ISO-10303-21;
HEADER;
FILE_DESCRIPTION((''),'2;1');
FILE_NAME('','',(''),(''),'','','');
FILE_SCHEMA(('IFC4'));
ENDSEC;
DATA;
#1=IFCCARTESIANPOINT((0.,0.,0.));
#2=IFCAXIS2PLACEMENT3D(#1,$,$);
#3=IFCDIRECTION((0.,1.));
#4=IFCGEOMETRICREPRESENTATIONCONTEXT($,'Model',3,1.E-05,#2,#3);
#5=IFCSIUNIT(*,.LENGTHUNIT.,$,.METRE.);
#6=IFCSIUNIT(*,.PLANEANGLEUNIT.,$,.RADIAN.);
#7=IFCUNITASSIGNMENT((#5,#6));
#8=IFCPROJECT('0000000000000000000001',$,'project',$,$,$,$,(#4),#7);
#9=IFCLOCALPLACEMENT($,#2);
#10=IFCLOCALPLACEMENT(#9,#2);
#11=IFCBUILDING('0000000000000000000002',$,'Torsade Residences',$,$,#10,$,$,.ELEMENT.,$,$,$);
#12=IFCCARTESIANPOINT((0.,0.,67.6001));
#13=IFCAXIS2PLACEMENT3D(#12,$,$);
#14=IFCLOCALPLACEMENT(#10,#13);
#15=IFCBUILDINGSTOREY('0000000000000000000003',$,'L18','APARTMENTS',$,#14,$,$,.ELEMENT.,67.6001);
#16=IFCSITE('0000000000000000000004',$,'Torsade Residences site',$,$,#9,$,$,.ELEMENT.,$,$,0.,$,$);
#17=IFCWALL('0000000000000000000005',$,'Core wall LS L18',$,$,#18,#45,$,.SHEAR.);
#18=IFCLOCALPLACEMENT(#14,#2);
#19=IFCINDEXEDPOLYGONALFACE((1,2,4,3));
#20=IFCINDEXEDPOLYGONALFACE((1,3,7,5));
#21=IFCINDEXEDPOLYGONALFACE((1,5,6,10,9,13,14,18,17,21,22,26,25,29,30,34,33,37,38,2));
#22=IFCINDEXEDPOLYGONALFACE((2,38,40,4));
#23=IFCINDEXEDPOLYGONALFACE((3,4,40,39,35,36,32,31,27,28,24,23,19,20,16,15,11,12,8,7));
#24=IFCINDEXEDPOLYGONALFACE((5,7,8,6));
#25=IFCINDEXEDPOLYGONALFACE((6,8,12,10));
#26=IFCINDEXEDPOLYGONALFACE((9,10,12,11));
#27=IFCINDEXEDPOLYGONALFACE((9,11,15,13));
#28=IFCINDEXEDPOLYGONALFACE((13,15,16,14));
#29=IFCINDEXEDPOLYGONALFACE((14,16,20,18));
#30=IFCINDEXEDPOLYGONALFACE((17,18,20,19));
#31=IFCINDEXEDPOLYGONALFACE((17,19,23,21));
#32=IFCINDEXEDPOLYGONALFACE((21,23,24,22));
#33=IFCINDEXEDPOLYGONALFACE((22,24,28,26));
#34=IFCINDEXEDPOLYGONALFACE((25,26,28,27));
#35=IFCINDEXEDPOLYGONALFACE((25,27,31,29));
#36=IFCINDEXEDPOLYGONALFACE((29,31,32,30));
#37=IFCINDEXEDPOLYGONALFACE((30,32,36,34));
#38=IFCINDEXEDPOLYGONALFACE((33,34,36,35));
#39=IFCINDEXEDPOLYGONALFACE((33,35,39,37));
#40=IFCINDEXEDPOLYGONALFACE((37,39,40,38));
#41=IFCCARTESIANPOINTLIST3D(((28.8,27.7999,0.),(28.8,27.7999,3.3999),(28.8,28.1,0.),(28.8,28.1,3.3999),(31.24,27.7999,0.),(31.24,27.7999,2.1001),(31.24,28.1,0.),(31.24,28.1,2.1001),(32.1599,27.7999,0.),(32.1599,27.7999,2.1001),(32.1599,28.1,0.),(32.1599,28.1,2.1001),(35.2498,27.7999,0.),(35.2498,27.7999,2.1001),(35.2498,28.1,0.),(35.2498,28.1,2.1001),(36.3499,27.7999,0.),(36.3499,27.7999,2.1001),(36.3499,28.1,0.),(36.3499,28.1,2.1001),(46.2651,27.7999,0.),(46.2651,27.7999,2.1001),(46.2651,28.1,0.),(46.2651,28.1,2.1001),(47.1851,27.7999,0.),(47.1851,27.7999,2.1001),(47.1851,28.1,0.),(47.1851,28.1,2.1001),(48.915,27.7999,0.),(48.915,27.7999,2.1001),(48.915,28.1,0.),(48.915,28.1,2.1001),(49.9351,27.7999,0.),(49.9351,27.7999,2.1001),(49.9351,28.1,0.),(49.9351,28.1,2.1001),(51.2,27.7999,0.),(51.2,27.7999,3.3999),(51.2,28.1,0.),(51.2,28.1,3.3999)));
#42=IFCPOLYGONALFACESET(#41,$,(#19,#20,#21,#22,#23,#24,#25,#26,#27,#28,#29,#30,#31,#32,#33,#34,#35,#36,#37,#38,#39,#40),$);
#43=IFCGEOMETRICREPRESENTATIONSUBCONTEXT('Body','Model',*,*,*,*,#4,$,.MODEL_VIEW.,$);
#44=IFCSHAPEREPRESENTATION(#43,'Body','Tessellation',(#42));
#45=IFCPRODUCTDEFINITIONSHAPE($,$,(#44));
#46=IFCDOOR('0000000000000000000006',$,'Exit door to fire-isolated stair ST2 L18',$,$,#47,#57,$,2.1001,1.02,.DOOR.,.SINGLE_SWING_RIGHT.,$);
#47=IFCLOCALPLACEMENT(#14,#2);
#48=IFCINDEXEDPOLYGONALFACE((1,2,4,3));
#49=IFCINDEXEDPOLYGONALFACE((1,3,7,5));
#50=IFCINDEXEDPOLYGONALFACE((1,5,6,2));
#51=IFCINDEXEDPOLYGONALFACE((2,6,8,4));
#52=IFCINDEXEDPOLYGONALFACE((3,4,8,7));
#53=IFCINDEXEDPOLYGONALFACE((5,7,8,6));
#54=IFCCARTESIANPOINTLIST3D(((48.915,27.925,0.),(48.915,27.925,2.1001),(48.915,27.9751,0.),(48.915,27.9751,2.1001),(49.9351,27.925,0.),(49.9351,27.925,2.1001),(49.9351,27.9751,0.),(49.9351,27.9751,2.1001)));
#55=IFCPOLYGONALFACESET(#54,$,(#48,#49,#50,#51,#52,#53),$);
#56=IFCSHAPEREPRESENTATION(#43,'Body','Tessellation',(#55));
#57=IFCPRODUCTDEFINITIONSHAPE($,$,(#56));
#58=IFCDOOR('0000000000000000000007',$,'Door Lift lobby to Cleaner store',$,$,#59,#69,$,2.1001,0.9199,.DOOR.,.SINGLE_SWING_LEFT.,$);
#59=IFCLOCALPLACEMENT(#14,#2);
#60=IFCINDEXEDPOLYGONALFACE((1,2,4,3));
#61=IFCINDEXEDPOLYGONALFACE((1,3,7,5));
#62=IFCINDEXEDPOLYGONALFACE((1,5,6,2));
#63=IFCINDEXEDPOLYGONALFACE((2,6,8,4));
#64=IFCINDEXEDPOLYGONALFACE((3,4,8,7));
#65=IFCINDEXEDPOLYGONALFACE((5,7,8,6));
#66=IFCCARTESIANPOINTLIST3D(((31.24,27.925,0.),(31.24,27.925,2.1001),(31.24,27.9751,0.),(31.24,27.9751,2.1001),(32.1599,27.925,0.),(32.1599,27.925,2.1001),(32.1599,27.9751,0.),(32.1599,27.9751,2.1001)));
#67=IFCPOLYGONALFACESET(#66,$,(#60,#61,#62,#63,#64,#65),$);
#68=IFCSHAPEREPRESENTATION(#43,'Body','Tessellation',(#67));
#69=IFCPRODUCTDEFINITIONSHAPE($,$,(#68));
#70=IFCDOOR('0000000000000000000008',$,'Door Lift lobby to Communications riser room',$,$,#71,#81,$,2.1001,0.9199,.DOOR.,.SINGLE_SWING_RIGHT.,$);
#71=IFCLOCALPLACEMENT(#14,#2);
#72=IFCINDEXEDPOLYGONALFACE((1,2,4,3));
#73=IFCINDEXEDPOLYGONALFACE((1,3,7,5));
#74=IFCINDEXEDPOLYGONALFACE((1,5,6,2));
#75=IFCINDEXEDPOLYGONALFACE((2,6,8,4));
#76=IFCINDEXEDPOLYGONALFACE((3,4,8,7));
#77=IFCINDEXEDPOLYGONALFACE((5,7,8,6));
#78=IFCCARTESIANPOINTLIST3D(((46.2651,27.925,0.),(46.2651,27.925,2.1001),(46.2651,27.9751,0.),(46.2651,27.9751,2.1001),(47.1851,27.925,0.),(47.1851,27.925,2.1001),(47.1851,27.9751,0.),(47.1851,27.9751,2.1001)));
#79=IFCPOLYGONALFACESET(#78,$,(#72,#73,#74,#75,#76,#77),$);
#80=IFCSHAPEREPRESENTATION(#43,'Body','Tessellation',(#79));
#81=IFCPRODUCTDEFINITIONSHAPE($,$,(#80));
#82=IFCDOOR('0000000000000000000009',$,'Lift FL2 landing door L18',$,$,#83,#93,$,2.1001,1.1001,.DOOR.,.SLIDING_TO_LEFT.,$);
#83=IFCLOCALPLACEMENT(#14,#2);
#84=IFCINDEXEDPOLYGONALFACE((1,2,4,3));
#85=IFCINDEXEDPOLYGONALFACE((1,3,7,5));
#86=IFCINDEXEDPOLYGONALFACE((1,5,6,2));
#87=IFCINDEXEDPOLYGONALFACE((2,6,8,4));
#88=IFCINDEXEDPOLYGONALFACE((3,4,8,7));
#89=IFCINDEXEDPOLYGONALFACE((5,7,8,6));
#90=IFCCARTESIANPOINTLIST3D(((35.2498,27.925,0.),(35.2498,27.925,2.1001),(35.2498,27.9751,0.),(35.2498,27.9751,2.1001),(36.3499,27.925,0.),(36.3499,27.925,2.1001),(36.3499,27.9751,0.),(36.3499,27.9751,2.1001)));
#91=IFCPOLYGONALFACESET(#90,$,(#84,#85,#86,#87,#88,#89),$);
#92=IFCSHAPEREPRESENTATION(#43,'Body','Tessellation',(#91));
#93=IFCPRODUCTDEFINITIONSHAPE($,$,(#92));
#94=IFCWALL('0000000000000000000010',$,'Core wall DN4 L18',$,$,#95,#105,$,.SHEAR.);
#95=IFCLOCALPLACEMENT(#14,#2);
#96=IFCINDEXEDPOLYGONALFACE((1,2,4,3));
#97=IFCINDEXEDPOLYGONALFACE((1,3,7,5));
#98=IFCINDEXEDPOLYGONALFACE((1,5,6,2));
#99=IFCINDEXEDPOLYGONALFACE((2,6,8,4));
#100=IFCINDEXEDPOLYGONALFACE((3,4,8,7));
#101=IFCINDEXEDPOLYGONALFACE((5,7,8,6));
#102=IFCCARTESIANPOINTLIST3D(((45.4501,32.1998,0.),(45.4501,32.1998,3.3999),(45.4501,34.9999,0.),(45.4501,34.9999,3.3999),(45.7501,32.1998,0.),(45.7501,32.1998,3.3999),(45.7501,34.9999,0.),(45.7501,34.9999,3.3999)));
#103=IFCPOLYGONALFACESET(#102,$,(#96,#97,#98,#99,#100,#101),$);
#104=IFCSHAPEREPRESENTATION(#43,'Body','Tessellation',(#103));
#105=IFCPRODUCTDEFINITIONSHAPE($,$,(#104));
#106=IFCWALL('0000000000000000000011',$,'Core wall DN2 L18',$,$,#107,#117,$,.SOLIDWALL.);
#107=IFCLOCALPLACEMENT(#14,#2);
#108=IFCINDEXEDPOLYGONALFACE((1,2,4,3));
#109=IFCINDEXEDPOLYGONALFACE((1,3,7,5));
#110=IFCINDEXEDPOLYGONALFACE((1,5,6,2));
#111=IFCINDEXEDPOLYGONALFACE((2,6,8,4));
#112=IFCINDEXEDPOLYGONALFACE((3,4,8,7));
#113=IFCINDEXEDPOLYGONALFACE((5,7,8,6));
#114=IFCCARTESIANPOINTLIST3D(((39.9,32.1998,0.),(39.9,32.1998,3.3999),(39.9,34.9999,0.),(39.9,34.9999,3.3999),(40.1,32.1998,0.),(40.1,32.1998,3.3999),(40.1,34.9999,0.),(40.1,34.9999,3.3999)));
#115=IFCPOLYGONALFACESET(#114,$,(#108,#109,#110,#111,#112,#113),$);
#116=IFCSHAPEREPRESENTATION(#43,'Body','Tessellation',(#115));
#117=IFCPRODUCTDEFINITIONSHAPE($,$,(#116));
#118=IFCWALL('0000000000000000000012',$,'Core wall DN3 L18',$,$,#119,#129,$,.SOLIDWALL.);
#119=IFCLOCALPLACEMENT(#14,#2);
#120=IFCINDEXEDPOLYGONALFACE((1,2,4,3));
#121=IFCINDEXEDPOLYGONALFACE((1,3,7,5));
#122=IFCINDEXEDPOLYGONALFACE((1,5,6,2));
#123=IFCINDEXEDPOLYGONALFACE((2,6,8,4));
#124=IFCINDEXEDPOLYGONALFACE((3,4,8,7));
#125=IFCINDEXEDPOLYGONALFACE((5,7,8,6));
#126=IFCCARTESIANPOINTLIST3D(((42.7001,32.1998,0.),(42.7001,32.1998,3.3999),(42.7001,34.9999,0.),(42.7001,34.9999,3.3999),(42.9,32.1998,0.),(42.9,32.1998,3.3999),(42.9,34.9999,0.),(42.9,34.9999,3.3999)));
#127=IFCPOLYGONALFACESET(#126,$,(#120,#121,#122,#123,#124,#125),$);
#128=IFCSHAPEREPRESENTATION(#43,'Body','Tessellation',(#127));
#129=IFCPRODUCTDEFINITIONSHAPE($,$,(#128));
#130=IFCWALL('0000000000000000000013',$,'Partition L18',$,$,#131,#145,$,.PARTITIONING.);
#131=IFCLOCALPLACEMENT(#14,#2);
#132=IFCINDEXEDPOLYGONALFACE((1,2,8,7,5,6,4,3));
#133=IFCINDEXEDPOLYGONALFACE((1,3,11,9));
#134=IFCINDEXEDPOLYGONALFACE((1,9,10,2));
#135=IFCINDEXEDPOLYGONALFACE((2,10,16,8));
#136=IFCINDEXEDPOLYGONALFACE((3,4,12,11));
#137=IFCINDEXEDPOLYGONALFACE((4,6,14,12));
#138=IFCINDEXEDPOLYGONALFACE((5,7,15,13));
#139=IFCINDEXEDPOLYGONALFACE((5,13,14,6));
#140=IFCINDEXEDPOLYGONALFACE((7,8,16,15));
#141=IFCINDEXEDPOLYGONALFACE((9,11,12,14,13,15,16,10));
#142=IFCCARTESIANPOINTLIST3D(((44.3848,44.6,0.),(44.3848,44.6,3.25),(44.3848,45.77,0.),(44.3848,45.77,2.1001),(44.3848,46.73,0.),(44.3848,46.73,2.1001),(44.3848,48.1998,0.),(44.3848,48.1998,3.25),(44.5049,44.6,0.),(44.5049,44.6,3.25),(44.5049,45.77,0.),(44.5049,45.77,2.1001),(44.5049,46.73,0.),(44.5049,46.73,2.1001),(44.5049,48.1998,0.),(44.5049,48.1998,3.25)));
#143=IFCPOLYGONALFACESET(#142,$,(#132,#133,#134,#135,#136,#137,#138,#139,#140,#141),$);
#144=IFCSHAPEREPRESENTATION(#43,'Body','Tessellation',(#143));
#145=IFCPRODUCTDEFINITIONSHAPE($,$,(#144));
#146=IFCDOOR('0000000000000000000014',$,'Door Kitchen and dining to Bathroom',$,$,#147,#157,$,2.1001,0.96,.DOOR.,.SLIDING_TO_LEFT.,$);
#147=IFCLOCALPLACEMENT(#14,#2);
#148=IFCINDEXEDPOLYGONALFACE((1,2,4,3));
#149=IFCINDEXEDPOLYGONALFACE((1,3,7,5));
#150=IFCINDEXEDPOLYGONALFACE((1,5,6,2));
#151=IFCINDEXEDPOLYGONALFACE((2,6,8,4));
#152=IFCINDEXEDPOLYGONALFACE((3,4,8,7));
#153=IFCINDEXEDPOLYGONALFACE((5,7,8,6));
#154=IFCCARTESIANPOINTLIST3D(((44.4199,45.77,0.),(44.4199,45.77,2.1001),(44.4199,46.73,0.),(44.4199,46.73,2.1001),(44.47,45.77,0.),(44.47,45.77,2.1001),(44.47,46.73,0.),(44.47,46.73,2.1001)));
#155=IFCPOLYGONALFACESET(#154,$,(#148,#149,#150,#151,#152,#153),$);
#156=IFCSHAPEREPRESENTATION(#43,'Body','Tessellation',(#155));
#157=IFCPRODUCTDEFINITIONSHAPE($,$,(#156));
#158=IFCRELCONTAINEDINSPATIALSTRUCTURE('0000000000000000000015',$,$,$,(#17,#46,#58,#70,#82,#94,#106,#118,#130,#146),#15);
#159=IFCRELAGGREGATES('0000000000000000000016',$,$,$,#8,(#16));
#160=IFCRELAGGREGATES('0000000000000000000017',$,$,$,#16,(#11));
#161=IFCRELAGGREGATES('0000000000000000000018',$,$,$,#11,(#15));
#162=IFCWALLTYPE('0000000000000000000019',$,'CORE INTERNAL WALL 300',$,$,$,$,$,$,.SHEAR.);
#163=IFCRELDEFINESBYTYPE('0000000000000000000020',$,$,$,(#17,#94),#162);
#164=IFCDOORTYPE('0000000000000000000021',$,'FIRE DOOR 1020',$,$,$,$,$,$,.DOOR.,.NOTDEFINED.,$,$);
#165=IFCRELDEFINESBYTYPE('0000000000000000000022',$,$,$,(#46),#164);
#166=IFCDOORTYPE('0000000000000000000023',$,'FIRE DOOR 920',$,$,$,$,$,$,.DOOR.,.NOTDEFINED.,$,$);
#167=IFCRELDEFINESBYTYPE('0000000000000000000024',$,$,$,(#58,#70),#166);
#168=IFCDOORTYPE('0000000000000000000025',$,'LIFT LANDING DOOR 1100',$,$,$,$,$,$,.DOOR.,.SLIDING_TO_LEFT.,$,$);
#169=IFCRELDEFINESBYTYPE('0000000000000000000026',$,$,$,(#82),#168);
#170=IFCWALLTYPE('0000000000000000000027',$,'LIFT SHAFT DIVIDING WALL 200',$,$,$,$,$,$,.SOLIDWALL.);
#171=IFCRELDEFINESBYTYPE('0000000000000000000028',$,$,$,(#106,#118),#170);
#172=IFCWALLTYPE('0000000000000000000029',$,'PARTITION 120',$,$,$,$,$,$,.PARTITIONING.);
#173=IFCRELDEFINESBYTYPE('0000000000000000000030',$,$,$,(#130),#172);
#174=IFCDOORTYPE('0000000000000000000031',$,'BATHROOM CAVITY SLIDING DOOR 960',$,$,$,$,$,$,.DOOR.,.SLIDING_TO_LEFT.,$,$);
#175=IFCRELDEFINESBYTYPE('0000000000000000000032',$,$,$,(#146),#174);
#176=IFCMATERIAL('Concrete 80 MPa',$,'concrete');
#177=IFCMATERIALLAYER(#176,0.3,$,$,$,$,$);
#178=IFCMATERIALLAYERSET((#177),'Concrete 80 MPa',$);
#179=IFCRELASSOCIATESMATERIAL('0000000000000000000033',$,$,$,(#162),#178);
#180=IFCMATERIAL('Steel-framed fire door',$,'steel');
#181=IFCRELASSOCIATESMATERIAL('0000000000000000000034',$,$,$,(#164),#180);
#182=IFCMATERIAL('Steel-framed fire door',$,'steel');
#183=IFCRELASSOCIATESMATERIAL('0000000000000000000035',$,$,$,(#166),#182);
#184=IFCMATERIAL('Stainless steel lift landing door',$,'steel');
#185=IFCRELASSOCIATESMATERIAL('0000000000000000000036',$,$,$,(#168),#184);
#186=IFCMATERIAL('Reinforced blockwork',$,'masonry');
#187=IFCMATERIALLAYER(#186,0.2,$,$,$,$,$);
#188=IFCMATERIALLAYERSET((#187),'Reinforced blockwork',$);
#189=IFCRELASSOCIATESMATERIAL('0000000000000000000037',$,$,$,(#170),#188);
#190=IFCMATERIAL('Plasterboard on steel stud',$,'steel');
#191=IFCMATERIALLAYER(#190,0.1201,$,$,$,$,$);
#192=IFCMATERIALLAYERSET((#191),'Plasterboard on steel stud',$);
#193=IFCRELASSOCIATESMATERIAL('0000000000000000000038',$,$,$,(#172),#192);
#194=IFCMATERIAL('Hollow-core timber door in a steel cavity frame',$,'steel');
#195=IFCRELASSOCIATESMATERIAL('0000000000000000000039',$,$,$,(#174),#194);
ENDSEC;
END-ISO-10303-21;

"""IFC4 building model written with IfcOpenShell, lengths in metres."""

from ifc_helpers import new_model, si_unit, direction, frame, frame_2d, origin, place, context, subcontext, project, spatial, rectangle, extrude, material, layer, layer_set, type_object, element, fill, save


model = new_model("IFC4")

# Units and contexts
model_context = context("Model", 3, precision=1e-05, world=origin(), true_north=direction((0.0, 1.0)))
body_context = subcontext(model_context, "Body", "Model", "MODEL_VIEW")
ifc_project = project(units=[si_unit("LENGTHUNIT", "METRE"), si_unit("PLANEANGLEUNIT", "RADIAN")], contexts=[model_context])

# Site, building, storey
site_placement = place(None, origin())
site = spatial("IfcSite", under=ifc_project, at=site_placement, Name="Torsade Residences site", CompositionType="ELEMENT", RefElevation=0.0)
building_placement = place(site_placement, origin())
building = spatial("IfcBuilding", under=site, at=building_placement, Name="Torsade Residences", CompositionType="ELEMENT")
storey_placement = place(building_placement, frame((0.0, 0.0, 67.6001)))
storey = spatial("IfcBuildingStorey", under=building, at=storey_placement, Name="L18", Description="APARTMENTS", CompositionType="ELEMENT", Elevation=67.6001)

# Wall, openings, doors
ifc_material_1 = material(Name="Concrete 80 MPa", Category="concrete")
ifc_layer_1 = layer(ifc_material_1, 0.3)
ifc_layer_set_1 = layer_set([ifc_layer_1], Name="Concrete 80 MPa")
wall_type_1 = type_object("IfcWallType", Name="CORE INTERNAL WALL 300", PredefinedType="SHEAR", material=ifc_layer_set_1)
wall_1_placement = place(storey_placement, frame((51.2, 27.95, 0.0), z_axis=(0.0, 0.0, 1.0), x_axis=(-1.0, 0.0, 0.0)))
wall_1 = element("IfcWall", 1, at=wall_1_placement, inside=storey, type_object=wall_type_1, Name="Core wall LS L18", PredefinedType="SHEAR", context=body_context, shape_type="SweptSolid", body=[
    extrude(rectangle(XDim=22.3999, YDim=0.3, at=frame_2d((11.2, 0.0))), origin(), (0.0, 0.0, 1.0), 3.3999),
])
opening_1_placement = place(wall_1_placement, frame((19.04, 0.0, 0.0)))
opening_1 = element("IfcOpeningElement", 2, at=opening_1_placement, cuts=wall_1, PredefinedType="OPENING", context=body_context, shape_type="SweptSolid", body=[
    extrude(rectangle(XDim=0.9199, YDim=2.1001, at=frame_2d((0.46, 1.05))), frame((0.0, 0.1599, 0.0), z_axis=(0.0, -1.0, 0.0), x_axis=(1.0, 0.0, 0.0)), (0.0, 0.0, 1.0), 0.3201),
])
opening_2_placement = place(wall_1_placement, frame((1.2649, 0.0, 0.0)))
opening_2 = element("IfcOpeningElement", 3, at=opening_2_placement, cuts=wall_1, PredefinedType="OPENING", context=body_context, shape_type="SweptSolid", body=[
    extrude(rectangle(XDim=1.02, YDim=2.1001, at=frame_2d((0.51, 1.05))), frame((0.0, 0.1599, 0.0), z_axis=(0.0, -1.0, 0.0), x_axis=(1.0, 0.0, 0.0)), (0.0, 0.0, 1.0), 0.3201),
])
opening_3_placement = place(wall_1_placement, frame((4.0149, 0.0, 0.0)))
opening_3 = element("IfcOpeningElement", 4, at=opening_3_placement, cuts=wall_1, PredefinedType="OPENING", context=body_context, shape_type="SweptSolid", body=[
    extrude(rectangle(XDim=0.9199, YDim=2.1001, at=frame_2d((0.46, 1.05))), frame((0.0, 0.1599, 0.0), z_axis=(0.0, -1.0, 0.0), x_axis=(1.0, 0.0, 0.0)), (0.0, 0.0, 1.0), 0.3201),
])
opening_4_placement = place(wall_1_placement, frame((14.8501, 0.0, 0.0)))
opening_4 = element("IfcOpeningElement", 5, at=opening_4_placement, cuts=wall_1, PredefinedType="OPENING", context=body_context, shape_type="SweptSolid", body=[
    extrude(rectangle(XDim=1.1001, YDim=2.1001, at=frame_2d((0.55, 1.05))), frame((0.0, 0.1599, 0.0), z_axis=(0.0, -1.0, 0.0), x_axis=(1.0, 0.0, 0.0)), (0.0, 0.0, 1.0), 0.3201),
])
ifc_material_2 = material(Name="Steel-framed fire door", Category="steel")
door_type_1 = type_object("IfcDoorType", Name="FIRE DOOR 1020", OperationType="NOTDEFINED", PredefinedType="DOOR", material=ifc_material_2)
door_1_placement = place(opening_2_placement, origin())
door_1 = element("IfcDoor", 6, at=door_1_placement, inside=storey, type_object=door_type_1, Name="Exit door to fire-isolated stair ST2 L18", OperationType="SINGLE_SWING_RIGHT", OverallHeight=2.1001, OverallWidth=1.02, PredefinedType="DOOR", context=body_context, shape_type="SweptSolid", body=[
    extrude(rectangle(XDim=1.02, YDim=2.1001, at=frame_2d((0.51, 1.05))), frame((0.0, 0.0249, 0.0), z_axis=(0.0, -1.0, 0.0), x_axis=(1.0, 0.0, 0.0)), (0.0, 0.0, 1.0), 0.05),
])
fill(opening_2, door_1)
ifc_material_3 = material(Name="Steel-framed fire door", Category="steel")
door_type_2 = type_object("IfcDoorType", Name="FIRE DOOR 920", OperationType="NOTDEFINED", PredefinedType="DOOR", material=ifc_material_3)
door_2_placement = place(opening_1_placement, origin())
door_2 = element("IfcDoor", 7, at=door_2_placement, inside=storey, type_object=door_type_2, Name="Door Lift lobby to Cleaner store", OperationType="SINGLE_SWING_LEFT", OverallHeight=2.1001, OverallWidth=0.9199, PredefinedType="DOOR", context=body_context, shape_type="SweptSolid", body=[
    extrude(rectangle(XDim=0.9199, YDim=2.1001, at=frame_2d((0.46, 1.05))), frame((0.0, 0.0249, 0.0), z_axis=(0.0, -1.0, 0.0), x_axis=(1.0, 0.0, 0.0)), (0.0, 0.0, 1.0), 0.05),
])
fill(opening_1, door_2)
door_3_placement = place(opening_3_placement, origin())
door_3 = element("IfcDoor", 8, at=door_3_placement, inside=storey, type_object=door_type_2, Name="Door Lift lobby to Communications riser room", OperationType="SINGLE_SWING_RIGHT", OverallHeight=2.1001, OverallWidth=0.9199, PredefinedType="DOOR", context=body_context, shape_type="SweptSolid", body=[
    extrude(rectangle(XDim=0.9199, YDim=2.1001, at=frame_2d((0.46, 1.05))), frame((0.0, 0.0249, 0.0), z_axis=(0.0, -1.0, 0.0), x_axis=(1.0, 0.0, 0.0)), (0.0, 0.0, 1.0), 0.05),
])
fill(opening_3, door_3)
ifc_material_4 = material(Name="Stainless steel lift landing door", Category="steel")
door_type_3 = type_object("IfcDoorType", Name="LIFT LANDING DOOR 1100", OperationType="SLIDING_TO_LEFT", PredefinedType="DOOR", material=ifc_material_4)
door_4_placement = place(opening_4_placement, origin())
door_4 = element("IfcDoor", 9, at=door_4_placement, inside=storey, type_object=door_type_3, Name="Lift FL2 landing door L18", OperationType="SLIDING_TO_LEFT", OverallHeight=2.1001, OverallWidth=1.1001, PredefinedType="DOOR", context=body_context, shape_type="SweptSolid", body=[
    extrude(rectangle(XDim=1.1001, YDim=2.1001, at=frame_2d((0.55, 1.05))), frame((0.0, 0.0249, 0.0), z_axis=(0.0, -1.0, 0.0), x_axis=(1.0, 0.0, 0.0)), (0.0, 0.0, 1.0), 0.05),
])
fill(opening_4, door_4)

# Walls
wall_2_placement = place(storey_placement, frame((45.6001, 32.2, 0.0), z_axis=(0.0, 0.0, 1.0), x_axis=(0.0, 1.0, 0.0)))
element("IfcWall", 10, at=wall_2_placement, inside=storey, type_object=wall_type_1, Name="Core wall DN4 L18", PredefinedType="SHEAR", context=body_context, shape_type="SweptSolid", body=[
    extrude(rectangle(XDim=2.8, YDim=0.3, at=frame_2d((1.3999, 0.0))), origin(), (0.0, 0.0, 1.0), 3.3999),
])
ifc_material_5 = material(Name="Reinforced blockwork", Category="masonry")
ifc_layer_2 = layer(ifc_material_5, 0.2)
ifc_layer_set_2 = layer_set([ifc_layer_2], Name="Reinforced blockwork")
wall_type_2 = type_object("IfcWallType", Name="LIFT SHAFT DIVIDING WALL 200", PredefinedType="SOLIDWALL", material=ifc_layer_set_2)
for number, where, z_axis, x_axis, name in (
    (11, (40.0, 32.2, 0.0), (0.0, 0.0, 1.0), (0.0, 1.0, 0.0), "Core wall DN2 L18"),
    (12, (42.8, 32.2, 0.0), (0.0, 0.0, 1.0), (0.0, 1.0, 0.0), "Core wall DN3 L18"),
):
    element("IfcWall", number, at=place(storey_placement, frame(where, z_axis=z_axis, x_axis=x_axis)), inside=storey, type_object=wall_type_2, Name=name, PredefinedType="SOLIDWALL", context=body_context, shape_type="SweptSolid", body=[
        extrude(rectangle(XDim=2.8, YDim=0.2, at=frame_2d((1.3999, 0.0))), origin(), (0.0, 0.0, 1.0), 3.3999),
    ])

# Wall, opening, door
ifc_material_6 = material(Name="Plasterboard on steel stud", Category="steel")
ifc_layer_3 = layer(ifc_material_6, 0.1201)
ifc_layer_set_3 = layer_set([ifc_layer_3], Name="Plasterboard on steel stud")
wall_type_3 = type_object("IfcWallType", Name="PARTITION 120", PredefinedType="PARTITIONING", material=ifc_layer_set_3)
wall_3_placement = place(storey_placement, frame((44.4448, 44.6001, 0.0), z_axis=(0.0, 0.0, 1.0), x_axis=(0.0, 1.0, 0.0)))
wall_3 = element("IfcWall", 13, at=wall_3_placement, inside=storey, type_object=wall_type_3, Name="Partition L18", PredefinedType="PARTITIONING", context=body_context, shape_type="SweptSolid", body=[
    extrude(rectangle(XDim=3.5999, YDim=0.1201, at=frame_2d((1.7998, 0.0))), origin(), (0.0, 0.0, 1.0), 3.25),
])
opening_5_placement = place(wall_3_placement, frame((1.1699, 0.0, 0.0)))
opening_5 = element("IfcOpeningElement", 14, at=opening_5_placement, cuts=wall_3, PredefinedType="OPENING", context=body_context, shape_type="SweptSolid", body=[
    extrude(rectangle(XDim=0.96, YDim=2.1001, at=frame_2d((0.48, 1.05))), frame((0.0, 0.0701, 0.0), z_axis=(0.0, -1.0, 0.0), x_axis=(1.0, 0.0, 0.0)), (0.0, 0.0, 1.0), 0.1401),
])
ifc_material_7 = material(Name="Hollow-core timber door in a steel cavity frame", Category="steel")
door_type_4 = type_object("IfcDoorType", Name="BATHROOM CAVITY SLIDING DOOR 960", OperationType="SLIDING_TO_LEFT", PredefinedType="DOOR", material=ifc_material_7)
door_5_placement = place(opening_5_placement, origin())
door_5 = element("IfcDoor", 15, at=door_5_placement, inside=storey, type_object=door_type_4, Name="Door Kitchen and dining to Bathroom", OperationType="SLIDING_TO_LEFT", OverallHeight=2.1001, OverallWidth=0.96, PredefinedType="DOOR", context=body_context, shape_type="SweptSolid", body=[
    extrude(rectangle(XDim=0.96, YDim=2.1001, at=frame_2d((0.48, 1.05))), frame((0.0, 0.0249, 0.0), z_axis=(0.0, -1.0, 0.0), x_axis=(1.0, 0.0, 0.0)), (0.0, 0.0, 1.0), 0.05),
])
fill(opening_5, door_5)

save(model, "model.ifc")
